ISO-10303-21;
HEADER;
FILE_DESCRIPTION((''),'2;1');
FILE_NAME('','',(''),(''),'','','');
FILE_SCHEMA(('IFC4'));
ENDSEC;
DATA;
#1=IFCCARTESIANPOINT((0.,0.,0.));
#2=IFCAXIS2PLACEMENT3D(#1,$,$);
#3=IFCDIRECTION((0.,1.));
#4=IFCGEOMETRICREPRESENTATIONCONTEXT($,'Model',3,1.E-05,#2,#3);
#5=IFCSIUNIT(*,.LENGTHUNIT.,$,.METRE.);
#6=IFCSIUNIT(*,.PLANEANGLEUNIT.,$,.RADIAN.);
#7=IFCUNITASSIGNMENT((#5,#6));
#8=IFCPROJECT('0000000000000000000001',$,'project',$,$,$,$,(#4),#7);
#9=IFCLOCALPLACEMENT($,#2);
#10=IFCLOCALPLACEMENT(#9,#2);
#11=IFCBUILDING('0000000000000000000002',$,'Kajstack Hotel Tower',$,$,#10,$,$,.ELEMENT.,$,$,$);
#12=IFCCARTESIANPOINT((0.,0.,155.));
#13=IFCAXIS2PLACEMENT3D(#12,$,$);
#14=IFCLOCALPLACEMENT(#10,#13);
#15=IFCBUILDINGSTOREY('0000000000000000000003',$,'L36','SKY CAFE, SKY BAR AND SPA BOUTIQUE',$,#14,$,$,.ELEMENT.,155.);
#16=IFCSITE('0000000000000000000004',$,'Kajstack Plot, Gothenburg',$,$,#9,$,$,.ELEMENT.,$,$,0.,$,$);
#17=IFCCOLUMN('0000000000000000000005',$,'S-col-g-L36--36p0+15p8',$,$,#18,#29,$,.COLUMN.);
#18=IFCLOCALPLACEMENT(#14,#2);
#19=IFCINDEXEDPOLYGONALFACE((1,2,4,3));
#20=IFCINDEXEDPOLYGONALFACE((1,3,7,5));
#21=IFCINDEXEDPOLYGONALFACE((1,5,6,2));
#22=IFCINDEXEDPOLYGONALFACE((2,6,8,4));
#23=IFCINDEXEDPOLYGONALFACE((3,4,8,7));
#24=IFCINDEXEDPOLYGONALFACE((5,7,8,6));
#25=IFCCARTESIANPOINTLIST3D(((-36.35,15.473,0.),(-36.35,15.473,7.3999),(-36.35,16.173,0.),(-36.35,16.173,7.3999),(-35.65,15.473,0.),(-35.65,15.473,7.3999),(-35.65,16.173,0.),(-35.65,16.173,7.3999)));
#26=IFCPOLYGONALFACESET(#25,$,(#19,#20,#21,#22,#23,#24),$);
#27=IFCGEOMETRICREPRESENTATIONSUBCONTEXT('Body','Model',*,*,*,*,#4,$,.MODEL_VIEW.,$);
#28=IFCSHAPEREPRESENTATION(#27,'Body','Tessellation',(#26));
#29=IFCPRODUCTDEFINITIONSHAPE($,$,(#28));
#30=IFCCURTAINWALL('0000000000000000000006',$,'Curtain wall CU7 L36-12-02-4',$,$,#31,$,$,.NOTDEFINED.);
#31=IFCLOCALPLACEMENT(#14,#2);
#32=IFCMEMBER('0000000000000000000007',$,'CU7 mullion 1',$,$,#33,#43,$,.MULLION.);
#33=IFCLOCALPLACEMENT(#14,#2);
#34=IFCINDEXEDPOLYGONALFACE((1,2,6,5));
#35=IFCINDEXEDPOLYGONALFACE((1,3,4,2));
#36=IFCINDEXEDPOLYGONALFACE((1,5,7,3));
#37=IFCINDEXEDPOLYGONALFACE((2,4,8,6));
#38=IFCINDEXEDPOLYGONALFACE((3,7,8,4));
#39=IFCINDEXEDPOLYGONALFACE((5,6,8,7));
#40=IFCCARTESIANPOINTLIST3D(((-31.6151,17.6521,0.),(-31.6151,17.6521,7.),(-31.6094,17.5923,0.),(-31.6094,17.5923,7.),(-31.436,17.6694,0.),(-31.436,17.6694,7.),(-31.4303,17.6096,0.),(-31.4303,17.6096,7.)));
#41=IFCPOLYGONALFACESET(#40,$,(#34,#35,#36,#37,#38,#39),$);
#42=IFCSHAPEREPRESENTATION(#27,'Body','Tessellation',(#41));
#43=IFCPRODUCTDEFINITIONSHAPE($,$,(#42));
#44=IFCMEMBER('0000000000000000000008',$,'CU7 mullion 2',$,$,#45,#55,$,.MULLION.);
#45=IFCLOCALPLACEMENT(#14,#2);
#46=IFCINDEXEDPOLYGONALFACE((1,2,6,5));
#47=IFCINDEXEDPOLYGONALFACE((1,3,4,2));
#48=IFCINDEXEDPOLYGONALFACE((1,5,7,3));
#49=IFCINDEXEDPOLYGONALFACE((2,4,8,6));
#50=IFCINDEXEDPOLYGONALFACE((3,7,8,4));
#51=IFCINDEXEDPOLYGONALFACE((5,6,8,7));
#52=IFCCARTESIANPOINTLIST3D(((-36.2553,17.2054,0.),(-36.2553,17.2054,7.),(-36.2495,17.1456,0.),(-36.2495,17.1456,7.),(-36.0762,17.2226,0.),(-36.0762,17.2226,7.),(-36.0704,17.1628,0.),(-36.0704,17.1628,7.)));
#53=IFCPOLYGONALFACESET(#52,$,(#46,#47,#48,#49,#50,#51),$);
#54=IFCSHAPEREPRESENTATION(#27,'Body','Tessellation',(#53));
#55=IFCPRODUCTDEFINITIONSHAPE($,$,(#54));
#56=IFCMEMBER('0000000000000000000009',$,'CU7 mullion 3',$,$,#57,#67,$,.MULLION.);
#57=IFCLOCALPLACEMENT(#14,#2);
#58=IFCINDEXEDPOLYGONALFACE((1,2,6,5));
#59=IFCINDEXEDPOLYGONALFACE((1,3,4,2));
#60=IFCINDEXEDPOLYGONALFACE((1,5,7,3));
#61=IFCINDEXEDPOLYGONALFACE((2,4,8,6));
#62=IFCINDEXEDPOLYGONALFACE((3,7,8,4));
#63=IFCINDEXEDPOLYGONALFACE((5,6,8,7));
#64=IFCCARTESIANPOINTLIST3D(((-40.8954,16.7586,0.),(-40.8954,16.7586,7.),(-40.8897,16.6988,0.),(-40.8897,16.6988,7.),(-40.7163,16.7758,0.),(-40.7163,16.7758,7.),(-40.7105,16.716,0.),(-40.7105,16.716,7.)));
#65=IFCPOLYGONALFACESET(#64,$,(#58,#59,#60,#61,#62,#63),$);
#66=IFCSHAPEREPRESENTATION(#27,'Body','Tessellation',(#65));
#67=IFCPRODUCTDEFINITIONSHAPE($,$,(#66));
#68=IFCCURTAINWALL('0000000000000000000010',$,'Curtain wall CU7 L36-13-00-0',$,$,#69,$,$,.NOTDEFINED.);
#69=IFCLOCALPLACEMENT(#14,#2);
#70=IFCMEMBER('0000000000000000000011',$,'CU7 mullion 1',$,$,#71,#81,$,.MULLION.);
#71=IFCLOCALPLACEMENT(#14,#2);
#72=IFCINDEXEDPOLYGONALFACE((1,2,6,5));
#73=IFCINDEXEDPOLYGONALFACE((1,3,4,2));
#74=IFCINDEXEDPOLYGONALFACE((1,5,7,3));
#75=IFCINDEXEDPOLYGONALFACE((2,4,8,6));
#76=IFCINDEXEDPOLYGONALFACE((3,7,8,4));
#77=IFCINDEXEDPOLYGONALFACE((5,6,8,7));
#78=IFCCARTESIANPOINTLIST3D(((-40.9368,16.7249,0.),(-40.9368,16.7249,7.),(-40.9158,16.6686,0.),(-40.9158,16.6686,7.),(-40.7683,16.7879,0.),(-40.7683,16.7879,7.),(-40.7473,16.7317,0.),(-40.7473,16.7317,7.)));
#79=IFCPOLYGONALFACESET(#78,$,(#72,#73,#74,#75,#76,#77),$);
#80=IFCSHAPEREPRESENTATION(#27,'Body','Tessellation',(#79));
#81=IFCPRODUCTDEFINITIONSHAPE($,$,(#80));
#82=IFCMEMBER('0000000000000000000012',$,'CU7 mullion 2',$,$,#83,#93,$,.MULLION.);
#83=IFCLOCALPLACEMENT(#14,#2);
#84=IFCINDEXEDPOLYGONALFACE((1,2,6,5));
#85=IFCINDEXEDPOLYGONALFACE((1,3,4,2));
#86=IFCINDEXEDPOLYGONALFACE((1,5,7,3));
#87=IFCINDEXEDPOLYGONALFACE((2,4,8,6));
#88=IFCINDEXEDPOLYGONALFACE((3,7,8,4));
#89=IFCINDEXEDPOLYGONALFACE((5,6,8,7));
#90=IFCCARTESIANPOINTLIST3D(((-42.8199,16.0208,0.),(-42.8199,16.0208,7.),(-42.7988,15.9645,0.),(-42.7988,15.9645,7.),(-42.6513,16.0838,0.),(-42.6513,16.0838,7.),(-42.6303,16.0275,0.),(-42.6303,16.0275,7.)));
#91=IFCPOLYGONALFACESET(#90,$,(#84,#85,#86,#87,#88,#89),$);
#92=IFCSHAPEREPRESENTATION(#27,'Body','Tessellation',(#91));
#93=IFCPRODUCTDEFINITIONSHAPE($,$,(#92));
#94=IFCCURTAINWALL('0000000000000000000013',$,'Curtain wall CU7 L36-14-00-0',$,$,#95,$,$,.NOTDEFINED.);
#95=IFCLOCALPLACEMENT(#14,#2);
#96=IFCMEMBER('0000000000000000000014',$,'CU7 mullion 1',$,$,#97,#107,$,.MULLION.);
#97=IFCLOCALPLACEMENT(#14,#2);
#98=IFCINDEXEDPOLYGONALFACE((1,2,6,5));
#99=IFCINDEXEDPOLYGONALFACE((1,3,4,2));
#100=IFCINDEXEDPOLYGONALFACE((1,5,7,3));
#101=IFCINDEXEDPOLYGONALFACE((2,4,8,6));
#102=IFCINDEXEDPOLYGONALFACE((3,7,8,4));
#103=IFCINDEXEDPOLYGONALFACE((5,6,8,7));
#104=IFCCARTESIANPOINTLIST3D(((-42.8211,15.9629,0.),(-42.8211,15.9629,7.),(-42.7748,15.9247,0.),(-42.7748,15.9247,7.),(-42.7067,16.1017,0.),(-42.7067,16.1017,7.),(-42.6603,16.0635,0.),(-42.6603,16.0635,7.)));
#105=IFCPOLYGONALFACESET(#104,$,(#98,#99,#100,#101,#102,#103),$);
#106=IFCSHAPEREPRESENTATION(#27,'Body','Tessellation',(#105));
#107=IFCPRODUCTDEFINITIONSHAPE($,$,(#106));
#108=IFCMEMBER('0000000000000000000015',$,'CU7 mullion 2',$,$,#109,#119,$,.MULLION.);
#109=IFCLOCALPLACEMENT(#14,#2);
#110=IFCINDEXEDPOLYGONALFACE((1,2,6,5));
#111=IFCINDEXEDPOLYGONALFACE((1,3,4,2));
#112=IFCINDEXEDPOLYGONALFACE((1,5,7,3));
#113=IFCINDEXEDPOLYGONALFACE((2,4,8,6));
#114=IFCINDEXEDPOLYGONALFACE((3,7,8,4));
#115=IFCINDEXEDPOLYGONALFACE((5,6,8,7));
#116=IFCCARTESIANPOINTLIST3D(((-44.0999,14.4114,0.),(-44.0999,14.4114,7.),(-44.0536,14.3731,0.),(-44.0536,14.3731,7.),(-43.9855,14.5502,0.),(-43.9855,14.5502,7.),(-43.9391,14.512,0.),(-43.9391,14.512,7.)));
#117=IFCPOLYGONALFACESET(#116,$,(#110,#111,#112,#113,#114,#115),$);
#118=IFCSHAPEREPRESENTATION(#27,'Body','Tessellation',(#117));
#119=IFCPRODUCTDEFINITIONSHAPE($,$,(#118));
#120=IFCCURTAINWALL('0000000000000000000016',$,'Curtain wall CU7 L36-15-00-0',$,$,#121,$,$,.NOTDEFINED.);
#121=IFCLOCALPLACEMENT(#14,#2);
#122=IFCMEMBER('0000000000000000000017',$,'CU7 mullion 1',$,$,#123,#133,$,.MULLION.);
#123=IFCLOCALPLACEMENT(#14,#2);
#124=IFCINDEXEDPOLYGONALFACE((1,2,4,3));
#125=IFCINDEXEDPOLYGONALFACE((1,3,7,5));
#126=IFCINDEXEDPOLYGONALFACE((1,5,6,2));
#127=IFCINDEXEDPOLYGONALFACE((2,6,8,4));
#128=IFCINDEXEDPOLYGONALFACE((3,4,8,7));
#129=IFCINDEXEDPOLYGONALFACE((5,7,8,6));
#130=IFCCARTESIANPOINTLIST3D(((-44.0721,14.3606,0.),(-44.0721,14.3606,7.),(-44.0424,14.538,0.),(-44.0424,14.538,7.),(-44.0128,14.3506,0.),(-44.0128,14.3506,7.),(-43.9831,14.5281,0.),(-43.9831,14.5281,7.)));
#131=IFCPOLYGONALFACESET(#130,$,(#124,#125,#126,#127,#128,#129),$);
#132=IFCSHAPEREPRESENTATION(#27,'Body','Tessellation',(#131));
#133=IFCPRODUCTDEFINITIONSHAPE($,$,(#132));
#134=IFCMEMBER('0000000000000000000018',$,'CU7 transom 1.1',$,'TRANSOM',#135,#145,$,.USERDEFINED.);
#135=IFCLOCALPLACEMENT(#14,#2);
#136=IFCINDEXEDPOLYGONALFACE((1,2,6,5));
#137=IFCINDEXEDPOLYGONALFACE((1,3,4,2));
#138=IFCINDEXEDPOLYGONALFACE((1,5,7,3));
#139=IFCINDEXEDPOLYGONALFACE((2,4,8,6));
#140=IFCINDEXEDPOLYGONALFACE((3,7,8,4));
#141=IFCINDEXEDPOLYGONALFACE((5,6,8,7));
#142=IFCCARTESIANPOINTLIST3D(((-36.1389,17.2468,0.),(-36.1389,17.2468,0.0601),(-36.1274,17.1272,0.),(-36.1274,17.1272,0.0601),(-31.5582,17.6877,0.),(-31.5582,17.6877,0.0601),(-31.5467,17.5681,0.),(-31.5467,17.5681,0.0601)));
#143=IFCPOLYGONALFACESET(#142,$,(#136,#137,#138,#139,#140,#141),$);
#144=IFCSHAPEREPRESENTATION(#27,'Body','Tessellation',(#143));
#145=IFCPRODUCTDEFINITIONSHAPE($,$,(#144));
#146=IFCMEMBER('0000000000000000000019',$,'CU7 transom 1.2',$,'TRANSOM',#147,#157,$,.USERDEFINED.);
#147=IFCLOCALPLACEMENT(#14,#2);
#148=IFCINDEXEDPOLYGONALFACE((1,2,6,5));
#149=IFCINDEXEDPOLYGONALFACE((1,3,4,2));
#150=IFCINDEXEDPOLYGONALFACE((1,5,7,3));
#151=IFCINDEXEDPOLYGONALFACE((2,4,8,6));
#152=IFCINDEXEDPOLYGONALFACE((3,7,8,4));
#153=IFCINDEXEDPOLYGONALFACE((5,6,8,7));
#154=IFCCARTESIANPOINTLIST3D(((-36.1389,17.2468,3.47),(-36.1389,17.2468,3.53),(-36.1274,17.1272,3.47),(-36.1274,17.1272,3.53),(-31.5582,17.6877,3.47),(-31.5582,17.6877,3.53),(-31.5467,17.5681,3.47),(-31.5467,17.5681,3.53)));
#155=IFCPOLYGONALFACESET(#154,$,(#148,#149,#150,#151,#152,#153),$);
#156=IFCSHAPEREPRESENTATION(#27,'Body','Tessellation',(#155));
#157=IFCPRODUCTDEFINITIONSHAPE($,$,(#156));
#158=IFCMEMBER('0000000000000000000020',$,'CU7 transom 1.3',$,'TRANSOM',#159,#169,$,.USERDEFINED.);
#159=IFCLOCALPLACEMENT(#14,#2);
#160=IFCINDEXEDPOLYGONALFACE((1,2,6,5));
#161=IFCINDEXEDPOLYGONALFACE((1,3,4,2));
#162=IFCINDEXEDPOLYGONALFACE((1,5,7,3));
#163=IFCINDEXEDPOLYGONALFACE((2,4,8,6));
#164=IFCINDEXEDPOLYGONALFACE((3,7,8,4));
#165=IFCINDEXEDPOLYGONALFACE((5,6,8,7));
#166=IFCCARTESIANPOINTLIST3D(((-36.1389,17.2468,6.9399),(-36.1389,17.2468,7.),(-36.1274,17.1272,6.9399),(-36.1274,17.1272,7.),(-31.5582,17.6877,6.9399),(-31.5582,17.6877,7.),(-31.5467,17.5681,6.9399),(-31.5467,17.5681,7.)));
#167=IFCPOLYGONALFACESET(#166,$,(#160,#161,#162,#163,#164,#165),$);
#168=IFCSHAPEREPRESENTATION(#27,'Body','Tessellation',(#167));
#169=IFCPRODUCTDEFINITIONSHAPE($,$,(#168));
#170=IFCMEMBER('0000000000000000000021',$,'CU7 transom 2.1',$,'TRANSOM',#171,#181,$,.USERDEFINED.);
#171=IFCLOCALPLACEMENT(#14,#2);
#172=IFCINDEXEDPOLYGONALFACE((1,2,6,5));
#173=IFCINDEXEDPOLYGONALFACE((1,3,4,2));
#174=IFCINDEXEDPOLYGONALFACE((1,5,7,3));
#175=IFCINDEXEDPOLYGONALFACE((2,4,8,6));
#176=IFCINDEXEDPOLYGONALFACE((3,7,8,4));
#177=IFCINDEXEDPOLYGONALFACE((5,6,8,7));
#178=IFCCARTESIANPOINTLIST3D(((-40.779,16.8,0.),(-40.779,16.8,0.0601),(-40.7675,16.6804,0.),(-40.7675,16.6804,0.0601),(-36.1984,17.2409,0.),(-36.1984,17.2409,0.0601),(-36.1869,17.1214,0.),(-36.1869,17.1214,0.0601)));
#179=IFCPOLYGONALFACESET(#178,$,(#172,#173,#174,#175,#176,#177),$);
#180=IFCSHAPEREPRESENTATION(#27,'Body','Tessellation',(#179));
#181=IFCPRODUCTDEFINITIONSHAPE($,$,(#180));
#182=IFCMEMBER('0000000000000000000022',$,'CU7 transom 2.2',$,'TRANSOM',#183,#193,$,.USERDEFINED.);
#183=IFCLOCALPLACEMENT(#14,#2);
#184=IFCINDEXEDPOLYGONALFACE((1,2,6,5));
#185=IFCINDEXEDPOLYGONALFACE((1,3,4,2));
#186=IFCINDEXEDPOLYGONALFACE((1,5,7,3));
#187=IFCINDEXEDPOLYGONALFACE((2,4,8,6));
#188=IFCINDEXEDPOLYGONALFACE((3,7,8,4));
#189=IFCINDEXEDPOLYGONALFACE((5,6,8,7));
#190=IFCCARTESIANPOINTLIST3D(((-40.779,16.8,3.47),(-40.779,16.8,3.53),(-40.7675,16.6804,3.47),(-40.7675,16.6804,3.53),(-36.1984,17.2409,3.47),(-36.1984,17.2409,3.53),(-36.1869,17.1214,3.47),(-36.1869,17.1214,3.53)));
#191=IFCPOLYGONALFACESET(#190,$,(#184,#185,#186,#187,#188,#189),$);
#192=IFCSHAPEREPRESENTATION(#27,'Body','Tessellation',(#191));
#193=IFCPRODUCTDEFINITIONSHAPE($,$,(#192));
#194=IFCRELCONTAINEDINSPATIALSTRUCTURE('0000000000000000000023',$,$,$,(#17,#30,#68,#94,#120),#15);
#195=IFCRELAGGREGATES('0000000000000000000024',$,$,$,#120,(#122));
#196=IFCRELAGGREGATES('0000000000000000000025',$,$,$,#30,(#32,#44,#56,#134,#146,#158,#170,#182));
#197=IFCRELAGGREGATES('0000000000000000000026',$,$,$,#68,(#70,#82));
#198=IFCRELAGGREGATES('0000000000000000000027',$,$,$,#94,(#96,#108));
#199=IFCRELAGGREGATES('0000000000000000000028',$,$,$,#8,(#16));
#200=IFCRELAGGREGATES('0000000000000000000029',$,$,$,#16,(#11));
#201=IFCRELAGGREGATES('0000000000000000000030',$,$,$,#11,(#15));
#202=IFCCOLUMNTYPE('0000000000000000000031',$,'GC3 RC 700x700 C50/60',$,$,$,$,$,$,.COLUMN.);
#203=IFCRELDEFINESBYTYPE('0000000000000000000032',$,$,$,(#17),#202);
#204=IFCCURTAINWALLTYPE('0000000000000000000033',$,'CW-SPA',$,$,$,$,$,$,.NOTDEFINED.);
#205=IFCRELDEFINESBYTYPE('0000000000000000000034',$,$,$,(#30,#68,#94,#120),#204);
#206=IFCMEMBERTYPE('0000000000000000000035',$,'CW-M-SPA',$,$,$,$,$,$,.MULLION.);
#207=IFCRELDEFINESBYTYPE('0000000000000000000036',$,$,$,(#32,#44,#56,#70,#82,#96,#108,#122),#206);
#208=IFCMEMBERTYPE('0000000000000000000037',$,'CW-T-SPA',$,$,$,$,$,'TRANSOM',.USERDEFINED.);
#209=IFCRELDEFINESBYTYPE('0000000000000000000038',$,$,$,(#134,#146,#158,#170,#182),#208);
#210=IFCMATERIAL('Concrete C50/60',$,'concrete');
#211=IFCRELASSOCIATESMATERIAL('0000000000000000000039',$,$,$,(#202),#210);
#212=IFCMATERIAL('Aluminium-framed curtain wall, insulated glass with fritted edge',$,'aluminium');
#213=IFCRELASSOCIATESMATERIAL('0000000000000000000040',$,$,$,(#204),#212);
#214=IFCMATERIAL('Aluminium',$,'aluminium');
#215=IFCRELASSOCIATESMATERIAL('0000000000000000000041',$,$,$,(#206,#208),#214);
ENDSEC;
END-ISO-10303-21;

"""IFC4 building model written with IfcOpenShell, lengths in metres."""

from ifc_helpers import new_model, si_unit, direction, frame, origin, origin_2d, place, context, subcontext, project, spatial, rectangle, extrude, material, material_profile, profile_set, type_object, element, aggregate, save


model = new_model("IFC4")

# Units and contexts
model_context = context("Model", 3, precision=1e-05, world=origin(), true_north=direction((0.0, 1.0)))
body_context = subcontext(model_context, "Body", "Model", "MODEL_VIEW")
ifc_project = project(units=[si_unit("LENGTHUNIT", "METRE"), si_unit("PLANEANGLEUNIT", "RADIAN")], contexts=[model_context])

# Site, building, storey
site_placement = place(None, origin())
site = spatial("IfcSite", under=ifc_project, at=site_placement, Name="Kajstack Plot, Gothenburg", CompositionType="ELEMENT", RefElevation=0.0)
building_placement = place(site_placement, origin())
building = spatial("IfcBuilding", under=site, at=building_placement, Name="Kajstack Hotel Tower", CompositionType="ELEMENT")
storey_placement = place(building_placement, frame((0.0, 0.0, 155.0)))
storey = spatial("IfcBuildingStorey", under=building, at=storey_placement, Name="L36", Description="SKY CAFE, SKY BAR AND SPA BOUTIQUE", CompositionType="ELEMENT", Elevation=155.0)

# Column
ifc_material_1 = material(Name="Concrete C50/60", Category="concrete")
ifc_material_profile_1 = material_profile(ifc_material_1, rectangle(XDim=0.7, YDim=0.7, at=origin_2d()), Name="RC 700x700")
ifc_profile_set_1 = profile_set([ifc_material_profile_1], Name="Concrete C50/60")
column_type = type_object("IfcColumnType", Name="GC3 RC 700x700 C50/60", PredefinedType="COLUMN", material=ifc_profile_set_1)
column_placement = place(storey_placement, frame((-36.0, 15.823, 0.0), z_axis=(0.0, 0.0, 1.0), x_axis=(1.0, 0.0, 0.0)))
element("IfcColumn", 1, at=column_placement, inside=storey, type_object=column_type, Name="S-col-g-L36--36p0+15p8", PredefinedType="COLUMN", context=body_context, shape_type="SweptSolid", body=[
    extrude(rectangle(XDim=0.7, YDim=0.7, at=origin_2d()), origin(), (0.0, 0.0, 1.0), 7.3999),
])

# Curtain walls, members
ifc_material_2 = material(Name="Aluminium-framed curtain wall, insulated glass with fritted edge", Category="aluminium")
curtain_wall_type = type_object("IfcCurtainWallType", Name="CW-SPA", PredefinedType="NOTDEFINED", material=ifc_material_2)
curtain_wall_1_placement = place(storey_placement, origin())
curtain_wall_1 = element("IfcCurtainWall", 2, at=curtain_wall_1_placement, inside=storey, type_object=curtain_wall_type, Name="Curtain wall CU7 L36-12-02-4", PredefinedType="NOTDEFINED")
ifc_material_3 = material(Name="Aluminium", Category="aluminium")
ifc_material_profile_2 = material_profile(ifc_material_3, rectangle(XDim=0.0601, YDim=0.1799, at=origin_2d()), Name="Aluminium mullion 60 x 180")
ifc_profile_set_2 = profile_set([ifc_material_profile_2], Name="Aluminium")
member_type_1 = type_object("IfcMemberType", Name="CW-M-SPA", PredefinedType="MULLION", material=ifc_profile_set_2)
member_1_placement = place(storey_placement, frame((-31.5227, 17.6309, 0.0), z_axis=(0.0, 0.0, 1.0), x_axis=(0.095845, -0.995396, 0.0)))
member_1 = element("IfcMember", 3, at=member_1_placement, type_object=member_type_1, Name="CU7 mullion 1", PredefinedType="MULLION", context=body_context, shape_type="SweptSolid", body=[
    extrude(rectangle(XDim=0.0601, YDim=0.1799, at=origin_2d()), origin(), (0.0, 0.0, 1.0), 7.0),
])
member_2_placement = place(storey_placement, frame((-36.1628, 17.1841, 0.0), z_axis=(0.0, 0.0, 1.0), x_axis=(0.095845, -0.995396, 0.0)))
member_2 = element("IfcMember", 4, at=member_2_placement, type_object=member_type_1, Name="CU7 mullion 2", PredefinedType="MULLION", context=body_context, shape_type="SweptSolid", body=[
    extrude(rectangle(XDim=0.0601, YDim=0.1799, at=origin_2d()), origin(), (0.0, 0.0, 1.0), 7.0),
])
member_3_placement = place(storey_placement, frame((-40.803, 16.7373, 0.0), z_axis=(0.0, 0.0, 1.0), x_axis=(0.095845, -0.995396, 0.0)))
member_3 = element("IfcMember", 5, at=member_3_placement, type_object=member_type_1, Name="CU7 mullion 3", PredefinedType="MULLION", context=body_context, shape_type="SweptSolid", body=[
    extrude(rectangle(XDim=0.0601, YDim=0.1799, at=origin_2d()), origin(), (0.0, 0.0, 1.0), 7.0),
])
curtain_wall_2_placement = place(storey_placement, origin())
curtain_wall_2 = element("IfcCurtainWall", 6, at=curtain_wall_2_placement, inside=storey, type_object=curtain_wall_type, Name="Curtain wall CU7 L36-13-00-0", PredefinedType="NOTDEFINED")
member_4_placement = place(storey_placement, frame((-40.842, 16.7283, 0.0), z_axis=(0.0, 0.0, 1.0), x_axis=(0.350202, -0.936674, 0.0)))
member_4 = element("IfcMember", 7, at=member_4_placement, type_object=member_type_1, Name="CU7 mullion 1", PredefinedType="MULLION", context=body_context, shape_type="SweptSolid", body=[
    extrude(rectangle(XDim=0.0601, YDim=0.1799, at=origin_2d()), origin(), (0.0, 0.0, 1.0), 7.0),
])
member_5_placement = place(storey_placement, frame((-42.7251, 16.0242, 0.0), z_axis=(0.0, 0.0, 1.0), x_axis=(0.350202, -0.936674, 0.0)))
member_5 = element("IfcMember", 8, at=member_5_placement, type_object=member_type_1, Name="CU7 mullion 2", PredefinedType="MULLION", context=body_context, shape_type="SweptSolid", body=[
    extrude(rectangle(XDim=0.0601, YDim=0.1799, at=origin_2d()), origin(), (0.0, 0.0, 1.0), 7.0),
])
curtain_wall_3_placement = place(storey_placement, origin())
curtain_wall_3 = element("IfcCurtainWall", 9, at=curtain_wall_3_placement, inside=storey, type_object=curtain_wall_type, Name="Curtain wall CU7 L36-14-00-0", PredefinedType="NOTDEFINED")
member_6_placement = place(storey_placement, frame((-42.7407, 16.0132, 0.0), z_axis=(0.0, 0.0, 1.0), x_axis=(0.771611, -0.636095, 0.0)))
member_6 = element("IfcMember", 10, at=member_6_placement, type_object=member_type_1, Name="CU7 mullion 1", PredefinedType="MULLION", context=body_context, shape_type="SweptSolid", body=[
    extrude(rectangle(XDim=0.0601, YDim=0.1799, at=origin_2d()), origin(), (0.0, 0.0, 1.0), 7.0),
])
member_7_placement = place(storey_placement, frame((-44.0195, 14.4617, 0.0), z_axis=(0.0, 0.0, 1.0), x_axis=(0.771611, -0.636095, 0.0)))
member_7 = element("IfcMember", 11, at=member_7_placement, type_object=member_type_1, Name="CU7 mullion 2", PredefinedType="MULLION", context=body_context, shape_type="SweptSolid", body=[
    extrude(rectangle(XDim=0.0601, YDim=0.1799, at=origin_2d()), origin(), (0.0, 0.0, 1.0), 7.0),
])

# Curtain wall, member
curtain_wall_4_placement = place(storey_placement, origin())
curtain_wall_4 = element("IfcCurtainWall", 12, at=curtain_wall_4_placement, inside=storey, type_object=curtain_wall_type, Name="Curtain wall CU7 L36-15-00-0", PredefinedType="NOTDEFINED")
member_8_placement = place(storey_placement, frame((-44.0276, 14.4443, 0.0), z_axis=(0.0, 0.0, 1.0), x_axis=(0.986289, -0.165025, 0.0)))
member_8 = element("IfcMember", 13, at=member_8_placement, type_object=member_type_1, Name="CU7 mullion 1", PredefinedType="MULLION", context=body_context, shape_type="SweptSolid", body=[
    extrude(rectangle(XDim=0.0601, YDim=0.1799, at=origin_2d()), origin(), (0.0, 0.0, 1.0), 7.0),
])

# Members
ifc_material_profile_3 = material_profile(ifc_material_3, rectangle(XDim=0.1201, YDim=0.0601, at=origin_2d()), Name="Aluminium transom 120 x 60")
ifc_profile_set_3 = profile_set([ifc_material_profile_3], Name="Aluminium")
member_type_2 = type_object("IfcMemberType", Name="CW-T-SPA", ElementType="TRANSOM", PredefinedType="USERDEFINED", material=ifc_profile_set_3)
member_9_placement = place(storey_placement, frame((-31.5525, 17.6279, 0.03), z_axis=(-0.995399, -0.095816, 0.0), x_axis=(0.095816, -0.995399, 0.0)))
member_9 = element("IfcMember", 14, at=member_9_placement, type_object=member_type_2, Name="CU7 transom 1.1", ObjectType="TRANSOM", PredefinedType="USERDEFINED", context=body_context, shape_type="SweptSolid", body=[
    extrude(rectangle(XDim=0.1201, YDim=0.0601, at=origin_2d()), origin(), (0.0, 0.0, 1.0), 4.6018),
])
member_10_placement = place(storey_placement, frame((-31.5525, 17.6279, 3.5), z_axis=(-0.995399, -0.095816, 0.0), x_axis=(0.095816, -0.995399, 0.0)))
member_10 = element("IfcMember", 15, at=member_10_placement, type_object=member_type_2, Name="CU7 transom 1.2", ObjectType="TRANSOM", PredefinedType="USERDEFINED", context=body_context, shape_type="SweptSolid", body=[
    extrude(rectangle(XDim=0.1201, YDim=0.0601, at=origin_2d()), origin(), (0.0, 0.0, 1.0), 4.6018),
])
member_11_placement = place(storey_placement, frame((-31.5525, 17.6279, 6.97), z_axis=(-0.995399, -0.095816, 0.0), x_axis=(0.095816, -0.995399, 0.0)))
member_11 = element("IfcMember", 16, at=member_11_placement, type_object=member_type_2, Name="CU7 transom 1.3", ObjectType="TRANSOM", PredefinedType="USERDEFINED", context=body_context, shape_type="SweptSolid", body=[
    extrude(rectangle(XDim=0.1201, YDim=0.0601, at=origin_2d()), origin(), (0.0, 0.0, 1.0), 4.6018),
])
member_12_placement = place(storey_placement, frame((-36.1926, 17.1812, 0.03), z_axis=(-0.995399, -0.095816, 0.0), x_axis=(0.095816, -0.995399, 0.0)))
member_12 = element("IfcMember", 17, at=member_12_placement, type_object=member_type_2, Name="CU7 transom 2.1", ObjectType="TRANSOM", PredefinedType="USERDEFINED", context=body_context, shape_type="SweptSolid", body=[
    extrude(rectangle(XDim=0.1201, YDim=0.0601, at=origin_2d()), origin(), (0.0, 0.0, 1.0), 4.6018),
])
member_13_placement = place(storey_placement, frame((-36.1926, 17.1812, 3.5), z_axis=(-0.995399, -0.095816, 0.0), x_axis=(0.095816, -0.995399, 0.0)))
member_13 = element("IfcMember", 18, at=member_13_placement, type_object=member_type_2, Name="CU7 transom 2.2", ObjectType="TRANSOM", PredefinedType="USERDEFINED", context=body_context, shape_type="SweptSolid", body=[
    extrude(rectangle(XDim=0.1201, YDim=0.0601, at=origin_2d()), origin(), (0.0, 0.0, 1.0), 4.6018),
])
aggregate(curtain_wall_4, [member_8])

aggregate(curtain_wall_1, [member_1, member_2, member_3, member_9, member_10, member_11, member_12, member_13])
aggregate(curtain_wall_2, [member_4, member_5])
aggregate(curtain_wall_3, [member_6, member_7])

save(model, "model.ifc")
